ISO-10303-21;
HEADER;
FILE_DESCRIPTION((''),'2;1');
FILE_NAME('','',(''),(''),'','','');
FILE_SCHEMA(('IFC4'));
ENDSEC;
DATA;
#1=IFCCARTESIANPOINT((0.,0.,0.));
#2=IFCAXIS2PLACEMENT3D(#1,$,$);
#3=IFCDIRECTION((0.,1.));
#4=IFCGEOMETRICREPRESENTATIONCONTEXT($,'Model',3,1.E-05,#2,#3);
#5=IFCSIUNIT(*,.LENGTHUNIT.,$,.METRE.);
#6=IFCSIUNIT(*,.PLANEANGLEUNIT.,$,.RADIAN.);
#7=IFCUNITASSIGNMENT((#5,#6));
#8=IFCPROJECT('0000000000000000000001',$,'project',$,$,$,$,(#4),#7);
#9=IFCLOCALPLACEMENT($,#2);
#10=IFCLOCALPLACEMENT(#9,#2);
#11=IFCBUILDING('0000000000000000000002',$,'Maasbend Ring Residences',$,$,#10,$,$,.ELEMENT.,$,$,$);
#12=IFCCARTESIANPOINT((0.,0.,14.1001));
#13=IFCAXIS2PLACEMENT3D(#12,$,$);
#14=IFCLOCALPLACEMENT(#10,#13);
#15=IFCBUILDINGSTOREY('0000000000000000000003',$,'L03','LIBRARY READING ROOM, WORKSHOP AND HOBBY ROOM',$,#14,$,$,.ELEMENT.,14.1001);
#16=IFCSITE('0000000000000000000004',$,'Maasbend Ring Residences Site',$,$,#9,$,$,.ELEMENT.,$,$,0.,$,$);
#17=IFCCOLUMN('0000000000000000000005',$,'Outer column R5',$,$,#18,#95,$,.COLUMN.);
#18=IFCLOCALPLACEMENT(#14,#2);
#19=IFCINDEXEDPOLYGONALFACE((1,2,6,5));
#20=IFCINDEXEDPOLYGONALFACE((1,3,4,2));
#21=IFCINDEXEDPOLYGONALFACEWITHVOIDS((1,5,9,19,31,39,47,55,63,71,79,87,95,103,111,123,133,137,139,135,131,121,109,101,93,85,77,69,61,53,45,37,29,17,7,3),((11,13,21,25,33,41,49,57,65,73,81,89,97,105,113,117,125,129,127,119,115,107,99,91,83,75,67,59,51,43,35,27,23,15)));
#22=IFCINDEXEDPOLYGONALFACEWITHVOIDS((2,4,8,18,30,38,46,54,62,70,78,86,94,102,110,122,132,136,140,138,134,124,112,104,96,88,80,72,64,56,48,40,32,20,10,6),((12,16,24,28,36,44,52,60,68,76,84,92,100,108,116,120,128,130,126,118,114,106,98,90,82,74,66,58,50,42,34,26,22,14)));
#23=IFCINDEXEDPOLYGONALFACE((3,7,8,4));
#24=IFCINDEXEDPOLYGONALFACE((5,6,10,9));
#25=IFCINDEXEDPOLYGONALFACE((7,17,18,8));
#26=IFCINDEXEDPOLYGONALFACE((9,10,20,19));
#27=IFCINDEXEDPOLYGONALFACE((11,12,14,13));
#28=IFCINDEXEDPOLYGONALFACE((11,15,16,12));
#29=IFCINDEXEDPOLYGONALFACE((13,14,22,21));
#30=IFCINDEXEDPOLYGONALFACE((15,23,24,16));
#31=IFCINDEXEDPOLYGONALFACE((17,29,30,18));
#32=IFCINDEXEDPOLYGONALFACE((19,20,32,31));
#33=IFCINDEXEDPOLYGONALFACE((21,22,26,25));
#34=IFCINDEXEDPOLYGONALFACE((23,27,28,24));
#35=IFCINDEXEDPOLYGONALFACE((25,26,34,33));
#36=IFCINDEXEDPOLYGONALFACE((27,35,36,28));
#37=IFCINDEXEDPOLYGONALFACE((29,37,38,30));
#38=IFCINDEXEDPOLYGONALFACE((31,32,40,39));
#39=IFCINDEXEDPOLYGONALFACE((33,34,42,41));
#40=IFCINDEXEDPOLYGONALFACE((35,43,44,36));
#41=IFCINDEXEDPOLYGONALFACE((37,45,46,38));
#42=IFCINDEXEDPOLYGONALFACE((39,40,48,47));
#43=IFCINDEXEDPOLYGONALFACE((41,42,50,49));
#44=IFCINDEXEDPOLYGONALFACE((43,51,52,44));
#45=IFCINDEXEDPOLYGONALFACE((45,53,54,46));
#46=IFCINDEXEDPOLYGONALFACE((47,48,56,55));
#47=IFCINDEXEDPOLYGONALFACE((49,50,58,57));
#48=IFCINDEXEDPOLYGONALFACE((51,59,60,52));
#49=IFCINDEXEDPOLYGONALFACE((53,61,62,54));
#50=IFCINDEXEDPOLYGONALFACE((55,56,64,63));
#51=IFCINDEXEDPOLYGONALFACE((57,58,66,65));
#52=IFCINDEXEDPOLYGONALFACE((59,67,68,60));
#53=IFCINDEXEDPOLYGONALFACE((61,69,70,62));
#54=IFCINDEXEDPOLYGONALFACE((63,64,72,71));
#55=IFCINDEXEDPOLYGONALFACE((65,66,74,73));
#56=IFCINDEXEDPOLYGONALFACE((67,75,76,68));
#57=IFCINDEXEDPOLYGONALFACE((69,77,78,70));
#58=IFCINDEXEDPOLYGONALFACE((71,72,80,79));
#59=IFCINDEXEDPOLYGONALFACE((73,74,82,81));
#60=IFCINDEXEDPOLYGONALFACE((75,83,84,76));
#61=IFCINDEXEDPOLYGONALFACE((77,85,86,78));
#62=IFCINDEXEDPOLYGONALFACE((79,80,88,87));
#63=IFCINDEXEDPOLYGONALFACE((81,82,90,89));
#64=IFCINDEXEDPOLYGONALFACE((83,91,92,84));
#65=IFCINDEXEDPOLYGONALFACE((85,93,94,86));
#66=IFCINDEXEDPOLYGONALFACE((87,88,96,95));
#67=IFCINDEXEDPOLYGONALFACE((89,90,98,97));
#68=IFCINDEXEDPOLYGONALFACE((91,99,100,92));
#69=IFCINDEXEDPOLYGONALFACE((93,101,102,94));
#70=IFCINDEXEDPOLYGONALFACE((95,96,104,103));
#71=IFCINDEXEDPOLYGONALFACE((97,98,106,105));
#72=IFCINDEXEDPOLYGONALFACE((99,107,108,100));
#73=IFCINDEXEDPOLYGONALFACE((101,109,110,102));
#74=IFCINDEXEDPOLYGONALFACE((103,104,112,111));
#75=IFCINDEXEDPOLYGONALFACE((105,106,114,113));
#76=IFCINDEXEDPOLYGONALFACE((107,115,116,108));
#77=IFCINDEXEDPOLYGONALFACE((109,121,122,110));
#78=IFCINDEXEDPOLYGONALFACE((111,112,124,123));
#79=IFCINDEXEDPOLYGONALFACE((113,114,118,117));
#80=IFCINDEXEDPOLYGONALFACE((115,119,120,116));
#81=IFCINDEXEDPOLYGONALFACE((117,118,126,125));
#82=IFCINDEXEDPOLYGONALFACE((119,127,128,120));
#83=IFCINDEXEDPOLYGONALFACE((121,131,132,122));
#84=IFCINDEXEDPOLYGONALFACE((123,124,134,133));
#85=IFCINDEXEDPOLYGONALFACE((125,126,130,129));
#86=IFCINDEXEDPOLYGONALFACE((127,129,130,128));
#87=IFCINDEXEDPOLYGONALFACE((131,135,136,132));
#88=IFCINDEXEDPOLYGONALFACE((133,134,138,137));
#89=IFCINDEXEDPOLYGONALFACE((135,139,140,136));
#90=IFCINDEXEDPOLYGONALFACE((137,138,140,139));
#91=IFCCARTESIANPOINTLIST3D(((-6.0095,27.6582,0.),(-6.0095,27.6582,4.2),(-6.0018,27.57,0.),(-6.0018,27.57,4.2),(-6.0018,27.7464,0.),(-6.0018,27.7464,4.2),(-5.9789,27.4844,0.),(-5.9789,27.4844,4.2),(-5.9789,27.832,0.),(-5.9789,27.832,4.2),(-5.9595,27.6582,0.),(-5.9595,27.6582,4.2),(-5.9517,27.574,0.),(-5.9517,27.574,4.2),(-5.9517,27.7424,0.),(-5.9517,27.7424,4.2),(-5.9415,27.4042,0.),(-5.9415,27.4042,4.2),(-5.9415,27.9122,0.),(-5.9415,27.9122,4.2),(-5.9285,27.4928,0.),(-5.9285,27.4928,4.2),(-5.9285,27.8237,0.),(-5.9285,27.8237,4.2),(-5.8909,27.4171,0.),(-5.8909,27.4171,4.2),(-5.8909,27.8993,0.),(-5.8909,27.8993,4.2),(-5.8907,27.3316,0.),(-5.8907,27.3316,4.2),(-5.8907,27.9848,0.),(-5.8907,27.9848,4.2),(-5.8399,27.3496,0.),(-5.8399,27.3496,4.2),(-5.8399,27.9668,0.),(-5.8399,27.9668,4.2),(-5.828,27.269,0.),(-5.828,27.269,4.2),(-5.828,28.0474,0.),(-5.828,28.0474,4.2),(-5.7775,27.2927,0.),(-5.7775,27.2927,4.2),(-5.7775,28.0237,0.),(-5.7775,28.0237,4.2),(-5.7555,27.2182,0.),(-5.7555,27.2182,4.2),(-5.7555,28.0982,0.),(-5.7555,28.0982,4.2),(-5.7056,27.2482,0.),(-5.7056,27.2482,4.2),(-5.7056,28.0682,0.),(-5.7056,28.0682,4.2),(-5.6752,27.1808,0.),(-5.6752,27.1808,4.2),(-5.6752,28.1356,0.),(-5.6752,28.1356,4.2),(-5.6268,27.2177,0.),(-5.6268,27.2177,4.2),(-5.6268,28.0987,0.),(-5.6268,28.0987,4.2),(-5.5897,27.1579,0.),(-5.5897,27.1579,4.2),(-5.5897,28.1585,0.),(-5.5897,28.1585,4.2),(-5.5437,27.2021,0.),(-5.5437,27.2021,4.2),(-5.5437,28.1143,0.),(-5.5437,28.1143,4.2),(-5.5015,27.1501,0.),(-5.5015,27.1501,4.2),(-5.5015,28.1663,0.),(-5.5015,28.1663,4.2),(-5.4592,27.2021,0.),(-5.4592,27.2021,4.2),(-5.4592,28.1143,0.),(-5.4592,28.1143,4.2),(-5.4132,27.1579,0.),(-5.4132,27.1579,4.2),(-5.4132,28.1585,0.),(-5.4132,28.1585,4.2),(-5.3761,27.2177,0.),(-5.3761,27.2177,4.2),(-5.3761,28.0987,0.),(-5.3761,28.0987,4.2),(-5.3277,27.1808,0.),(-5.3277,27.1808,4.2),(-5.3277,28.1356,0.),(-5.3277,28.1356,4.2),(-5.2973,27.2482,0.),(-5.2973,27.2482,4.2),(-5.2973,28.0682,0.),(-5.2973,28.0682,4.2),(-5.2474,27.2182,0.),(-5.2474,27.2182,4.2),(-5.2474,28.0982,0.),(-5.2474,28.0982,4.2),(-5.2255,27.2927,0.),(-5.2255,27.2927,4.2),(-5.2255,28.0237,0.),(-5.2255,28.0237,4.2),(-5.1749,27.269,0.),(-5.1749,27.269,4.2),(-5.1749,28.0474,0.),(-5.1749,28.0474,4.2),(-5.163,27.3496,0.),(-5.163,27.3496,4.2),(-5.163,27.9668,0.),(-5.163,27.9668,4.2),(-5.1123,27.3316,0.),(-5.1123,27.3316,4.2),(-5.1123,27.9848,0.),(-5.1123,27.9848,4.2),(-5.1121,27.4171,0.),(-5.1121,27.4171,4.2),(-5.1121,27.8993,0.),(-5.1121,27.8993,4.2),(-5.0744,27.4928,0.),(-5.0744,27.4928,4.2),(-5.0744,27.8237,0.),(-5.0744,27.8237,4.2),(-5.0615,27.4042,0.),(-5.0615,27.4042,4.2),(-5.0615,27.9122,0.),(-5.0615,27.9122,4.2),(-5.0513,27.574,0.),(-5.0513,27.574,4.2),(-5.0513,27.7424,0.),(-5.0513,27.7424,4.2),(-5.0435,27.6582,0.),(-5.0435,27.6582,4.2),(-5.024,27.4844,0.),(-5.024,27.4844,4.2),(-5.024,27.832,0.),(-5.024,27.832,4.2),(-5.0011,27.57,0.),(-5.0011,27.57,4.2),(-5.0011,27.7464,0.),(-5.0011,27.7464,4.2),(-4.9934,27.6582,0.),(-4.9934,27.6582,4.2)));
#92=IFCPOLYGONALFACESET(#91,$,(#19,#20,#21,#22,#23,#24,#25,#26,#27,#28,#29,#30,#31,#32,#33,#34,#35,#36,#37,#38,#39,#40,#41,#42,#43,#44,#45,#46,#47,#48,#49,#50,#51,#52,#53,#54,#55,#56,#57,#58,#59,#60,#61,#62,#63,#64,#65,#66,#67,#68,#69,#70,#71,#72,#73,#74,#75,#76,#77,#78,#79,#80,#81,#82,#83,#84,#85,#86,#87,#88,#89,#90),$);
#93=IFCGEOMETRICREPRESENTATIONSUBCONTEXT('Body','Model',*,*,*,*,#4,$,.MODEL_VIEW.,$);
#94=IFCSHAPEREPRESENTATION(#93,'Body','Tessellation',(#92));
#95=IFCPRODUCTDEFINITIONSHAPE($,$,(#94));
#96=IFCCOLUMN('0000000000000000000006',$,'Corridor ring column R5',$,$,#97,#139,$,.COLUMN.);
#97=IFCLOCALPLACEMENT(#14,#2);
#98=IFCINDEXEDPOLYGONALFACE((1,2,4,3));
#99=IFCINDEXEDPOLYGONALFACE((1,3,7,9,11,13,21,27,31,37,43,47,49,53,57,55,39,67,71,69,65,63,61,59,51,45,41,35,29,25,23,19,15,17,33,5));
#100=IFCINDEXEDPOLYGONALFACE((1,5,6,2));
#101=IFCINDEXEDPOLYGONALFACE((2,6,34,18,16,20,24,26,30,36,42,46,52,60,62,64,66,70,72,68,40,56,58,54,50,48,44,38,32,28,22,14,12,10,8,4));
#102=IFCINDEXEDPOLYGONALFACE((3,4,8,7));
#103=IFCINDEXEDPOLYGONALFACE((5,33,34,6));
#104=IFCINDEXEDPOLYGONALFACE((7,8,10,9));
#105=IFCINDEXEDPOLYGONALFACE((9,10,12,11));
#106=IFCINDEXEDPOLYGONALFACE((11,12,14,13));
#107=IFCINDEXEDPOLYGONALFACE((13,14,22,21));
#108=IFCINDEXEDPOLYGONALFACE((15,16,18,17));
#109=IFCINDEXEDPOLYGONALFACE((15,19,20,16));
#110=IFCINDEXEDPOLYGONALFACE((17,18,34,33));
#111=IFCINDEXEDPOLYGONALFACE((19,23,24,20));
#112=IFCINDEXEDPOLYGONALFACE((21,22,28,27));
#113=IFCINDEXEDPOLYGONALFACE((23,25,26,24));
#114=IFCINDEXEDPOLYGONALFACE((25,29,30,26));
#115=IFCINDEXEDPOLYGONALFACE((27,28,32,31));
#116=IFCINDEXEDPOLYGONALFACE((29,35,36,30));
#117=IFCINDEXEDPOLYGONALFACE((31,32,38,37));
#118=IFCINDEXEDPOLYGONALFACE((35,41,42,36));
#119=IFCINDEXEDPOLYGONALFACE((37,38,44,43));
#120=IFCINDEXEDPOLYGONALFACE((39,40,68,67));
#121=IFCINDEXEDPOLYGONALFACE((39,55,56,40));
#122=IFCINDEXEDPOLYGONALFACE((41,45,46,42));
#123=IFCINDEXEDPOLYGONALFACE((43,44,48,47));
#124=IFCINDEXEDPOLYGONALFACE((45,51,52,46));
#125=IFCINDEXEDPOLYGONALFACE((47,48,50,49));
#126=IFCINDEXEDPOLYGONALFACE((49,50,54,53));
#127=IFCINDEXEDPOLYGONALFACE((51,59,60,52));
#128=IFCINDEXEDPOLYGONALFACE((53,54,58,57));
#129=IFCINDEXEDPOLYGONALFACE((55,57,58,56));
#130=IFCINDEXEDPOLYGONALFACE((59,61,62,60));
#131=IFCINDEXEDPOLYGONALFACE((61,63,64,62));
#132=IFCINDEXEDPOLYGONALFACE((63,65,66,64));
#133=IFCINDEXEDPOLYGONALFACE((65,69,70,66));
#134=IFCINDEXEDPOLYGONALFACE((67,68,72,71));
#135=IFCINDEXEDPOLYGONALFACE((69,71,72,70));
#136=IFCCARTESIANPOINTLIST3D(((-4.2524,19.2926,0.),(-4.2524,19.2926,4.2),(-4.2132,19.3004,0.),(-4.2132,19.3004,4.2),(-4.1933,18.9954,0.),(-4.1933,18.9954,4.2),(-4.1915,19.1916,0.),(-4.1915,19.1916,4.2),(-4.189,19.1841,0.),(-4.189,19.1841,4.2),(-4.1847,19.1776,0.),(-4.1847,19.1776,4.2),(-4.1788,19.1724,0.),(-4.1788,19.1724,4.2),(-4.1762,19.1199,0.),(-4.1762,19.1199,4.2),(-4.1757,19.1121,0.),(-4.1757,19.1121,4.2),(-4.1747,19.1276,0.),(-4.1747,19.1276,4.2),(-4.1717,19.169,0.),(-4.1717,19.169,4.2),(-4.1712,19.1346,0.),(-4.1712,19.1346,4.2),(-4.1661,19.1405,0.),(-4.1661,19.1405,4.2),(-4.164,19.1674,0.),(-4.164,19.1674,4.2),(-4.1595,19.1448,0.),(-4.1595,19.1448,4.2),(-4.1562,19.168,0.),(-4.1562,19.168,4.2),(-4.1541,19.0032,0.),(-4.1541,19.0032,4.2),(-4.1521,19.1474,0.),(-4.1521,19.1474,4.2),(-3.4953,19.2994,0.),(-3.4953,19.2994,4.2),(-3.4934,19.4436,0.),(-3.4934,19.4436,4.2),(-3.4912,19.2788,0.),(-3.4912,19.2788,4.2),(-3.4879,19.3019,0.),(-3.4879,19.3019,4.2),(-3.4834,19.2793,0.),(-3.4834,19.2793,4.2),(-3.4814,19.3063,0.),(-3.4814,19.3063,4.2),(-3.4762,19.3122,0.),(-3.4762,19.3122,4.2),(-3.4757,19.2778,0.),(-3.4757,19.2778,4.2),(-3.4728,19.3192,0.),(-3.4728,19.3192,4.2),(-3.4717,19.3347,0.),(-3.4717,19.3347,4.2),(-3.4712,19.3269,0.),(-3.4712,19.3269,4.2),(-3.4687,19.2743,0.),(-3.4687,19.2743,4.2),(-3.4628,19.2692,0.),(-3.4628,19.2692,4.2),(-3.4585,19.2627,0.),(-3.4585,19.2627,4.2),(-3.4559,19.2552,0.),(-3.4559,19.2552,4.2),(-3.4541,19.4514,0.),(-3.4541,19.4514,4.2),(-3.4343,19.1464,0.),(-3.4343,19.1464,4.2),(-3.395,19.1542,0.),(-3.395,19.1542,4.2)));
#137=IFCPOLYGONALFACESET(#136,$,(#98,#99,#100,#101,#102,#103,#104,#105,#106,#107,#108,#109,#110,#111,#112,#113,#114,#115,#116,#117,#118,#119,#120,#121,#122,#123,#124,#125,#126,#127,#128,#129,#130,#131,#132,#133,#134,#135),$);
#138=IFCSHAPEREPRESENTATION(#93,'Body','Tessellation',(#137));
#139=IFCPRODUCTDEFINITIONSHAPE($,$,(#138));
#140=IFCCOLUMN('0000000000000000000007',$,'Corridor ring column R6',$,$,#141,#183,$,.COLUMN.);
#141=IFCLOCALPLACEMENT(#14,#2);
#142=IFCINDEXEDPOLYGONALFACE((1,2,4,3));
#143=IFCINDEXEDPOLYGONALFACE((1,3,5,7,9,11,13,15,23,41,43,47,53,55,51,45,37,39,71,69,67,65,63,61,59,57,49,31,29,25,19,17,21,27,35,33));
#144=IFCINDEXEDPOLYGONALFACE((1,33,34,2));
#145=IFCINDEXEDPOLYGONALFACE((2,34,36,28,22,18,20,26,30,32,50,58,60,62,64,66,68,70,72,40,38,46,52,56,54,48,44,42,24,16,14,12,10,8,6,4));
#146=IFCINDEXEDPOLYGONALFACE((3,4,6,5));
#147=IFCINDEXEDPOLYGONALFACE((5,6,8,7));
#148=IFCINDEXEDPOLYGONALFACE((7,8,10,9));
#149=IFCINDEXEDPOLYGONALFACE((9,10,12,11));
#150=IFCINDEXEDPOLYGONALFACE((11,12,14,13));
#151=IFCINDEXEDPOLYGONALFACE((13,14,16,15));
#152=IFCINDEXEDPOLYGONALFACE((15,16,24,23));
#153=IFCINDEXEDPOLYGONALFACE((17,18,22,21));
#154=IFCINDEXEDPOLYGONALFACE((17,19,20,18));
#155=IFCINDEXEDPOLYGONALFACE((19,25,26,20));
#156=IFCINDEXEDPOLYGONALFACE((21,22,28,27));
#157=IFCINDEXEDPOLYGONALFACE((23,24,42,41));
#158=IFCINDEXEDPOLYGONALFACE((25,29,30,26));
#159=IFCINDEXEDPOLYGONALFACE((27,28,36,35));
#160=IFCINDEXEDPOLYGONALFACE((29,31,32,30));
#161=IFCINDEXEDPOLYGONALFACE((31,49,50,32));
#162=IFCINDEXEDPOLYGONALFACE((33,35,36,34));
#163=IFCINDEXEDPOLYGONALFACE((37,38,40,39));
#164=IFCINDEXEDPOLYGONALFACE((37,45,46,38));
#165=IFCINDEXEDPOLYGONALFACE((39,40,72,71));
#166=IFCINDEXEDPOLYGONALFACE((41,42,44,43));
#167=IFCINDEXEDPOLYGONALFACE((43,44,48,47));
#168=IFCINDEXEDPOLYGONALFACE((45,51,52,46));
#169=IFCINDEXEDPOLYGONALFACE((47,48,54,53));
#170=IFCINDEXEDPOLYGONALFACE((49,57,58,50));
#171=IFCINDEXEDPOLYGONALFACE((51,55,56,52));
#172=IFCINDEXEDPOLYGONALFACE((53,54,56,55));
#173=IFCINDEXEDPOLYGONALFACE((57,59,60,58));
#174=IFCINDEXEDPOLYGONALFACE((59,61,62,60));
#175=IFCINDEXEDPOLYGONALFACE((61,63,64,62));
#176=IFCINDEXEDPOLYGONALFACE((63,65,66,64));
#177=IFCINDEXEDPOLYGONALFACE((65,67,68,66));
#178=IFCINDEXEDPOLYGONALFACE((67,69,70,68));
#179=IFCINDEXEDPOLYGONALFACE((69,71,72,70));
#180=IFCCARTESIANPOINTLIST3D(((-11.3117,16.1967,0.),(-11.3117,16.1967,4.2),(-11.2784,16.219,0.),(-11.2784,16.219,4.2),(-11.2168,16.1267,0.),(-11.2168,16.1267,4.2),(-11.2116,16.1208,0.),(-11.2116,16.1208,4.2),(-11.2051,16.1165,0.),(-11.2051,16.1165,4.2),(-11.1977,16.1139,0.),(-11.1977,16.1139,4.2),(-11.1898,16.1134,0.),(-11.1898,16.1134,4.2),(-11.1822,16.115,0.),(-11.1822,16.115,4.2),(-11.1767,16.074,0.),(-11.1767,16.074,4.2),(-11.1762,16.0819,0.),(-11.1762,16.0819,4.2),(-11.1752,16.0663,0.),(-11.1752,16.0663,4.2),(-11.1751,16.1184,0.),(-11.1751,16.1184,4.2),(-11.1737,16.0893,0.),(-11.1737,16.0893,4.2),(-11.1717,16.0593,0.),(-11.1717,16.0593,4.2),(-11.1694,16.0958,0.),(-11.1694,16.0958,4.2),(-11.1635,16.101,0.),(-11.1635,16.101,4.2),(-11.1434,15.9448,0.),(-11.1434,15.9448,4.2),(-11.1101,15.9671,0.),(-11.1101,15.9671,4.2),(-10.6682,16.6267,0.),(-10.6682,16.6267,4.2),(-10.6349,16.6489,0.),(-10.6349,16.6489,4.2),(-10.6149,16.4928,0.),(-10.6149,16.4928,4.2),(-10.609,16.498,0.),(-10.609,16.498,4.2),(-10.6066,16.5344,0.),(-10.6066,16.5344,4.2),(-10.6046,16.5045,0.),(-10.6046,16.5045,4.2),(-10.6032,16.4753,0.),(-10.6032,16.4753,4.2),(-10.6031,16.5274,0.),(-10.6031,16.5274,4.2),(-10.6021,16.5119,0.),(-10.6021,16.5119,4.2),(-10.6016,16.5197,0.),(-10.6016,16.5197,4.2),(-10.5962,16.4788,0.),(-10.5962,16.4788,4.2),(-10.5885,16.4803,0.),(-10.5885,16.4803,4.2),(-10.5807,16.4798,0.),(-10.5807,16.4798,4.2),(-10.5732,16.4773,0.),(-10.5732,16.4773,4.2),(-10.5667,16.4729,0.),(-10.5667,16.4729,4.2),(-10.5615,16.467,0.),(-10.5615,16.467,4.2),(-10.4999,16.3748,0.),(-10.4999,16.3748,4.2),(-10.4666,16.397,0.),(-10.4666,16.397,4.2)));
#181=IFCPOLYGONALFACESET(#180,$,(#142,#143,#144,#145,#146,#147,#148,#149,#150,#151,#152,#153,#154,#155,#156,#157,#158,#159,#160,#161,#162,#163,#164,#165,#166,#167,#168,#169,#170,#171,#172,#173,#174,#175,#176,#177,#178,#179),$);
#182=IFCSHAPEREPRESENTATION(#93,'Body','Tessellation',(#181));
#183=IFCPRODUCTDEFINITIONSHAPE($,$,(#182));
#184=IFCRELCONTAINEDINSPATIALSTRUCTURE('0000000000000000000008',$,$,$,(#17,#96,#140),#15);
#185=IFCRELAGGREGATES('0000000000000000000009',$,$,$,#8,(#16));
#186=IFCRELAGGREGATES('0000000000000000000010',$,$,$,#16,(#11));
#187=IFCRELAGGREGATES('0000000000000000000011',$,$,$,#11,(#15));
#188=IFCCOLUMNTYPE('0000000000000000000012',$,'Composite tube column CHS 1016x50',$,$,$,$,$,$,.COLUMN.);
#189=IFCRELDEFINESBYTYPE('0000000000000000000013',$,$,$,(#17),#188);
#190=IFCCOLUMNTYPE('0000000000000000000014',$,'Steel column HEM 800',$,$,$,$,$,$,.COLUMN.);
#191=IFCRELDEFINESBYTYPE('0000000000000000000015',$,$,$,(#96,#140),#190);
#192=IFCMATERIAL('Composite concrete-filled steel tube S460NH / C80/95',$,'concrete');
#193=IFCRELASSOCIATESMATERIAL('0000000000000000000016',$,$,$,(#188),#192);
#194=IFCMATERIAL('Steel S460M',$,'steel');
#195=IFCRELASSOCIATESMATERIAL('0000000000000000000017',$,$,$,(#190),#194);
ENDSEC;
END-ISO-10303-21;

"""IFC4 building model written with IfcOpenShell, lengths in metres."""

from ifc_helpers import new_model, si_unit, direction, frame, origin, origin_2d, place, context, subcontext, project, spatial, hollow_circle, i_section, extrude, material, material_profile, profile_set, type_object, element, save


model = new_model("IFC4")

# Units and contexts
model_context = context("Model", 3, precision=1e-05, world=origin(), true_north=direction((0.0, 1.0)))
body_context = subcontext(model_context, "Body", "Model", "MODEL_VIEW")
ifc_project = project(units=[si_unit("LENGTHUNIT", "METRE"), si_unit("PLANEANGLEUNIT", "RADIAN")], contexts=[model_context])

# Site, building, storey
site_placement = place(None, origin())
site = spatial("IfcSite", under=ifc_project, at=site_placement, Name="Maasbend Ring Residences Site", CompositionType="ELEMENT", RefElevation=0.0)
building_placement = place(site_placement, origin())
building = spatial("IfcBuilding", under=site, at=building_placement, Name="Maasbend Ring Residences", CompositionType="ELEMENT")
storey_placement = place(building_placement, frame((0.0, 0.0, 14.1001)))
storey = spatial("IfcBuildingStorey", under=building, at=storey_placement, Name="L03", Description="LIBRARY READING ROOM, WORKSHOP AND HOBBY ROOM", CompositionType="ELEMENT", Elevation=14.1001)

# Columns
ifc_material_1 = material(Name="Composite concrete-filled steel tube S460NH / C80/95", Category="concrete")
ifc_material_profile_1 = material_profile(ifc_material_1, hollow_circle(Radius=0.5081, WallThickness=0.05, at=origin_2d()), Name="Composite tube column CHS 1016x50")
ifc_profile_set_1 = profile_set([ifc_material_profile_1], Name="Composite concrete-filled steel tube S460NH / C80/95")
column_type_1 = type_object("IfcColumnType", Name="Composite tube column CHS 1016x50", PredefinedType="COLUMN", material=ifc_profile_set_1)
column_placement = place(storey_placement, frame((-5.5015, 27.6582, 0.0), z_axis=(0.0, 0.0, 1.0), x_axis=(1.0, 0.0, 0.0)))
element("IfcColumn", 1, at=column_placement, inside=storey, type_object=column_type_1, Name="Outer column R5", PredefinedType="COLUMN", context=body_context, shape_type="SweptSolid", body=[
    extrude(hollow_circle(Radius=0.5081, WallThickness=0.05, at=origin_2d()), origin(), (0.0, 0.0, 1.0), 4.2),
])
ifc_material_2 = material(Name="Steel S460M", Category="steel")
ifc_material_profile_2 = material_profile(ifc_material_2, i_section(OverallWidth=0.303, OverallDepth=0.814, WebThickness=0.021, FlangeThickness=0.04, FilletRadius=0.03, at=origin_2d()), Name="HEM 800")
ifc_profile_set_2 = profile_set([ifc_material_profile_2], Name="Steel S460M")
column_type_2 = type_object("IfcColumnType", Name="Steel column HEM 800", PredefinedType="COLUMN", material=ifc_profile_set_2)
for number, where, z_axis, x_axis, name in (
    (2, (-3.8237, 19.2234, 0.0), (0.0, 0.0, 1.0), (-0.19509, 0.980785, 0.0), "Corridor ring column R5"),
    (3, (-10.8892, 16.2969, 0.0), (0.0, 0.0, 1.0), (-0.55557, 0.83147, 0.0), "Corridor ring column R6"),
):
    element("IfcColumn", number, at=place(storey_placement, frame(where, z_axis=z_axis, x_axis=x_axis)), inside=storey, type_object=column_type_2, Name=name, PredefinedType="COLUMN", context=body_context, shape_type="SweptSolid", body=[
        extrude(i_section(OverallWidth=0.303, OverallDepth=0.814, WebThickness=0.021, FlangeThickness=0.04, FilletRadius=0.03, at=origin_2d()), origin(), (0.0, 0.0, 1.0), 4.2),
    ])

save(model, "model.ifc")
